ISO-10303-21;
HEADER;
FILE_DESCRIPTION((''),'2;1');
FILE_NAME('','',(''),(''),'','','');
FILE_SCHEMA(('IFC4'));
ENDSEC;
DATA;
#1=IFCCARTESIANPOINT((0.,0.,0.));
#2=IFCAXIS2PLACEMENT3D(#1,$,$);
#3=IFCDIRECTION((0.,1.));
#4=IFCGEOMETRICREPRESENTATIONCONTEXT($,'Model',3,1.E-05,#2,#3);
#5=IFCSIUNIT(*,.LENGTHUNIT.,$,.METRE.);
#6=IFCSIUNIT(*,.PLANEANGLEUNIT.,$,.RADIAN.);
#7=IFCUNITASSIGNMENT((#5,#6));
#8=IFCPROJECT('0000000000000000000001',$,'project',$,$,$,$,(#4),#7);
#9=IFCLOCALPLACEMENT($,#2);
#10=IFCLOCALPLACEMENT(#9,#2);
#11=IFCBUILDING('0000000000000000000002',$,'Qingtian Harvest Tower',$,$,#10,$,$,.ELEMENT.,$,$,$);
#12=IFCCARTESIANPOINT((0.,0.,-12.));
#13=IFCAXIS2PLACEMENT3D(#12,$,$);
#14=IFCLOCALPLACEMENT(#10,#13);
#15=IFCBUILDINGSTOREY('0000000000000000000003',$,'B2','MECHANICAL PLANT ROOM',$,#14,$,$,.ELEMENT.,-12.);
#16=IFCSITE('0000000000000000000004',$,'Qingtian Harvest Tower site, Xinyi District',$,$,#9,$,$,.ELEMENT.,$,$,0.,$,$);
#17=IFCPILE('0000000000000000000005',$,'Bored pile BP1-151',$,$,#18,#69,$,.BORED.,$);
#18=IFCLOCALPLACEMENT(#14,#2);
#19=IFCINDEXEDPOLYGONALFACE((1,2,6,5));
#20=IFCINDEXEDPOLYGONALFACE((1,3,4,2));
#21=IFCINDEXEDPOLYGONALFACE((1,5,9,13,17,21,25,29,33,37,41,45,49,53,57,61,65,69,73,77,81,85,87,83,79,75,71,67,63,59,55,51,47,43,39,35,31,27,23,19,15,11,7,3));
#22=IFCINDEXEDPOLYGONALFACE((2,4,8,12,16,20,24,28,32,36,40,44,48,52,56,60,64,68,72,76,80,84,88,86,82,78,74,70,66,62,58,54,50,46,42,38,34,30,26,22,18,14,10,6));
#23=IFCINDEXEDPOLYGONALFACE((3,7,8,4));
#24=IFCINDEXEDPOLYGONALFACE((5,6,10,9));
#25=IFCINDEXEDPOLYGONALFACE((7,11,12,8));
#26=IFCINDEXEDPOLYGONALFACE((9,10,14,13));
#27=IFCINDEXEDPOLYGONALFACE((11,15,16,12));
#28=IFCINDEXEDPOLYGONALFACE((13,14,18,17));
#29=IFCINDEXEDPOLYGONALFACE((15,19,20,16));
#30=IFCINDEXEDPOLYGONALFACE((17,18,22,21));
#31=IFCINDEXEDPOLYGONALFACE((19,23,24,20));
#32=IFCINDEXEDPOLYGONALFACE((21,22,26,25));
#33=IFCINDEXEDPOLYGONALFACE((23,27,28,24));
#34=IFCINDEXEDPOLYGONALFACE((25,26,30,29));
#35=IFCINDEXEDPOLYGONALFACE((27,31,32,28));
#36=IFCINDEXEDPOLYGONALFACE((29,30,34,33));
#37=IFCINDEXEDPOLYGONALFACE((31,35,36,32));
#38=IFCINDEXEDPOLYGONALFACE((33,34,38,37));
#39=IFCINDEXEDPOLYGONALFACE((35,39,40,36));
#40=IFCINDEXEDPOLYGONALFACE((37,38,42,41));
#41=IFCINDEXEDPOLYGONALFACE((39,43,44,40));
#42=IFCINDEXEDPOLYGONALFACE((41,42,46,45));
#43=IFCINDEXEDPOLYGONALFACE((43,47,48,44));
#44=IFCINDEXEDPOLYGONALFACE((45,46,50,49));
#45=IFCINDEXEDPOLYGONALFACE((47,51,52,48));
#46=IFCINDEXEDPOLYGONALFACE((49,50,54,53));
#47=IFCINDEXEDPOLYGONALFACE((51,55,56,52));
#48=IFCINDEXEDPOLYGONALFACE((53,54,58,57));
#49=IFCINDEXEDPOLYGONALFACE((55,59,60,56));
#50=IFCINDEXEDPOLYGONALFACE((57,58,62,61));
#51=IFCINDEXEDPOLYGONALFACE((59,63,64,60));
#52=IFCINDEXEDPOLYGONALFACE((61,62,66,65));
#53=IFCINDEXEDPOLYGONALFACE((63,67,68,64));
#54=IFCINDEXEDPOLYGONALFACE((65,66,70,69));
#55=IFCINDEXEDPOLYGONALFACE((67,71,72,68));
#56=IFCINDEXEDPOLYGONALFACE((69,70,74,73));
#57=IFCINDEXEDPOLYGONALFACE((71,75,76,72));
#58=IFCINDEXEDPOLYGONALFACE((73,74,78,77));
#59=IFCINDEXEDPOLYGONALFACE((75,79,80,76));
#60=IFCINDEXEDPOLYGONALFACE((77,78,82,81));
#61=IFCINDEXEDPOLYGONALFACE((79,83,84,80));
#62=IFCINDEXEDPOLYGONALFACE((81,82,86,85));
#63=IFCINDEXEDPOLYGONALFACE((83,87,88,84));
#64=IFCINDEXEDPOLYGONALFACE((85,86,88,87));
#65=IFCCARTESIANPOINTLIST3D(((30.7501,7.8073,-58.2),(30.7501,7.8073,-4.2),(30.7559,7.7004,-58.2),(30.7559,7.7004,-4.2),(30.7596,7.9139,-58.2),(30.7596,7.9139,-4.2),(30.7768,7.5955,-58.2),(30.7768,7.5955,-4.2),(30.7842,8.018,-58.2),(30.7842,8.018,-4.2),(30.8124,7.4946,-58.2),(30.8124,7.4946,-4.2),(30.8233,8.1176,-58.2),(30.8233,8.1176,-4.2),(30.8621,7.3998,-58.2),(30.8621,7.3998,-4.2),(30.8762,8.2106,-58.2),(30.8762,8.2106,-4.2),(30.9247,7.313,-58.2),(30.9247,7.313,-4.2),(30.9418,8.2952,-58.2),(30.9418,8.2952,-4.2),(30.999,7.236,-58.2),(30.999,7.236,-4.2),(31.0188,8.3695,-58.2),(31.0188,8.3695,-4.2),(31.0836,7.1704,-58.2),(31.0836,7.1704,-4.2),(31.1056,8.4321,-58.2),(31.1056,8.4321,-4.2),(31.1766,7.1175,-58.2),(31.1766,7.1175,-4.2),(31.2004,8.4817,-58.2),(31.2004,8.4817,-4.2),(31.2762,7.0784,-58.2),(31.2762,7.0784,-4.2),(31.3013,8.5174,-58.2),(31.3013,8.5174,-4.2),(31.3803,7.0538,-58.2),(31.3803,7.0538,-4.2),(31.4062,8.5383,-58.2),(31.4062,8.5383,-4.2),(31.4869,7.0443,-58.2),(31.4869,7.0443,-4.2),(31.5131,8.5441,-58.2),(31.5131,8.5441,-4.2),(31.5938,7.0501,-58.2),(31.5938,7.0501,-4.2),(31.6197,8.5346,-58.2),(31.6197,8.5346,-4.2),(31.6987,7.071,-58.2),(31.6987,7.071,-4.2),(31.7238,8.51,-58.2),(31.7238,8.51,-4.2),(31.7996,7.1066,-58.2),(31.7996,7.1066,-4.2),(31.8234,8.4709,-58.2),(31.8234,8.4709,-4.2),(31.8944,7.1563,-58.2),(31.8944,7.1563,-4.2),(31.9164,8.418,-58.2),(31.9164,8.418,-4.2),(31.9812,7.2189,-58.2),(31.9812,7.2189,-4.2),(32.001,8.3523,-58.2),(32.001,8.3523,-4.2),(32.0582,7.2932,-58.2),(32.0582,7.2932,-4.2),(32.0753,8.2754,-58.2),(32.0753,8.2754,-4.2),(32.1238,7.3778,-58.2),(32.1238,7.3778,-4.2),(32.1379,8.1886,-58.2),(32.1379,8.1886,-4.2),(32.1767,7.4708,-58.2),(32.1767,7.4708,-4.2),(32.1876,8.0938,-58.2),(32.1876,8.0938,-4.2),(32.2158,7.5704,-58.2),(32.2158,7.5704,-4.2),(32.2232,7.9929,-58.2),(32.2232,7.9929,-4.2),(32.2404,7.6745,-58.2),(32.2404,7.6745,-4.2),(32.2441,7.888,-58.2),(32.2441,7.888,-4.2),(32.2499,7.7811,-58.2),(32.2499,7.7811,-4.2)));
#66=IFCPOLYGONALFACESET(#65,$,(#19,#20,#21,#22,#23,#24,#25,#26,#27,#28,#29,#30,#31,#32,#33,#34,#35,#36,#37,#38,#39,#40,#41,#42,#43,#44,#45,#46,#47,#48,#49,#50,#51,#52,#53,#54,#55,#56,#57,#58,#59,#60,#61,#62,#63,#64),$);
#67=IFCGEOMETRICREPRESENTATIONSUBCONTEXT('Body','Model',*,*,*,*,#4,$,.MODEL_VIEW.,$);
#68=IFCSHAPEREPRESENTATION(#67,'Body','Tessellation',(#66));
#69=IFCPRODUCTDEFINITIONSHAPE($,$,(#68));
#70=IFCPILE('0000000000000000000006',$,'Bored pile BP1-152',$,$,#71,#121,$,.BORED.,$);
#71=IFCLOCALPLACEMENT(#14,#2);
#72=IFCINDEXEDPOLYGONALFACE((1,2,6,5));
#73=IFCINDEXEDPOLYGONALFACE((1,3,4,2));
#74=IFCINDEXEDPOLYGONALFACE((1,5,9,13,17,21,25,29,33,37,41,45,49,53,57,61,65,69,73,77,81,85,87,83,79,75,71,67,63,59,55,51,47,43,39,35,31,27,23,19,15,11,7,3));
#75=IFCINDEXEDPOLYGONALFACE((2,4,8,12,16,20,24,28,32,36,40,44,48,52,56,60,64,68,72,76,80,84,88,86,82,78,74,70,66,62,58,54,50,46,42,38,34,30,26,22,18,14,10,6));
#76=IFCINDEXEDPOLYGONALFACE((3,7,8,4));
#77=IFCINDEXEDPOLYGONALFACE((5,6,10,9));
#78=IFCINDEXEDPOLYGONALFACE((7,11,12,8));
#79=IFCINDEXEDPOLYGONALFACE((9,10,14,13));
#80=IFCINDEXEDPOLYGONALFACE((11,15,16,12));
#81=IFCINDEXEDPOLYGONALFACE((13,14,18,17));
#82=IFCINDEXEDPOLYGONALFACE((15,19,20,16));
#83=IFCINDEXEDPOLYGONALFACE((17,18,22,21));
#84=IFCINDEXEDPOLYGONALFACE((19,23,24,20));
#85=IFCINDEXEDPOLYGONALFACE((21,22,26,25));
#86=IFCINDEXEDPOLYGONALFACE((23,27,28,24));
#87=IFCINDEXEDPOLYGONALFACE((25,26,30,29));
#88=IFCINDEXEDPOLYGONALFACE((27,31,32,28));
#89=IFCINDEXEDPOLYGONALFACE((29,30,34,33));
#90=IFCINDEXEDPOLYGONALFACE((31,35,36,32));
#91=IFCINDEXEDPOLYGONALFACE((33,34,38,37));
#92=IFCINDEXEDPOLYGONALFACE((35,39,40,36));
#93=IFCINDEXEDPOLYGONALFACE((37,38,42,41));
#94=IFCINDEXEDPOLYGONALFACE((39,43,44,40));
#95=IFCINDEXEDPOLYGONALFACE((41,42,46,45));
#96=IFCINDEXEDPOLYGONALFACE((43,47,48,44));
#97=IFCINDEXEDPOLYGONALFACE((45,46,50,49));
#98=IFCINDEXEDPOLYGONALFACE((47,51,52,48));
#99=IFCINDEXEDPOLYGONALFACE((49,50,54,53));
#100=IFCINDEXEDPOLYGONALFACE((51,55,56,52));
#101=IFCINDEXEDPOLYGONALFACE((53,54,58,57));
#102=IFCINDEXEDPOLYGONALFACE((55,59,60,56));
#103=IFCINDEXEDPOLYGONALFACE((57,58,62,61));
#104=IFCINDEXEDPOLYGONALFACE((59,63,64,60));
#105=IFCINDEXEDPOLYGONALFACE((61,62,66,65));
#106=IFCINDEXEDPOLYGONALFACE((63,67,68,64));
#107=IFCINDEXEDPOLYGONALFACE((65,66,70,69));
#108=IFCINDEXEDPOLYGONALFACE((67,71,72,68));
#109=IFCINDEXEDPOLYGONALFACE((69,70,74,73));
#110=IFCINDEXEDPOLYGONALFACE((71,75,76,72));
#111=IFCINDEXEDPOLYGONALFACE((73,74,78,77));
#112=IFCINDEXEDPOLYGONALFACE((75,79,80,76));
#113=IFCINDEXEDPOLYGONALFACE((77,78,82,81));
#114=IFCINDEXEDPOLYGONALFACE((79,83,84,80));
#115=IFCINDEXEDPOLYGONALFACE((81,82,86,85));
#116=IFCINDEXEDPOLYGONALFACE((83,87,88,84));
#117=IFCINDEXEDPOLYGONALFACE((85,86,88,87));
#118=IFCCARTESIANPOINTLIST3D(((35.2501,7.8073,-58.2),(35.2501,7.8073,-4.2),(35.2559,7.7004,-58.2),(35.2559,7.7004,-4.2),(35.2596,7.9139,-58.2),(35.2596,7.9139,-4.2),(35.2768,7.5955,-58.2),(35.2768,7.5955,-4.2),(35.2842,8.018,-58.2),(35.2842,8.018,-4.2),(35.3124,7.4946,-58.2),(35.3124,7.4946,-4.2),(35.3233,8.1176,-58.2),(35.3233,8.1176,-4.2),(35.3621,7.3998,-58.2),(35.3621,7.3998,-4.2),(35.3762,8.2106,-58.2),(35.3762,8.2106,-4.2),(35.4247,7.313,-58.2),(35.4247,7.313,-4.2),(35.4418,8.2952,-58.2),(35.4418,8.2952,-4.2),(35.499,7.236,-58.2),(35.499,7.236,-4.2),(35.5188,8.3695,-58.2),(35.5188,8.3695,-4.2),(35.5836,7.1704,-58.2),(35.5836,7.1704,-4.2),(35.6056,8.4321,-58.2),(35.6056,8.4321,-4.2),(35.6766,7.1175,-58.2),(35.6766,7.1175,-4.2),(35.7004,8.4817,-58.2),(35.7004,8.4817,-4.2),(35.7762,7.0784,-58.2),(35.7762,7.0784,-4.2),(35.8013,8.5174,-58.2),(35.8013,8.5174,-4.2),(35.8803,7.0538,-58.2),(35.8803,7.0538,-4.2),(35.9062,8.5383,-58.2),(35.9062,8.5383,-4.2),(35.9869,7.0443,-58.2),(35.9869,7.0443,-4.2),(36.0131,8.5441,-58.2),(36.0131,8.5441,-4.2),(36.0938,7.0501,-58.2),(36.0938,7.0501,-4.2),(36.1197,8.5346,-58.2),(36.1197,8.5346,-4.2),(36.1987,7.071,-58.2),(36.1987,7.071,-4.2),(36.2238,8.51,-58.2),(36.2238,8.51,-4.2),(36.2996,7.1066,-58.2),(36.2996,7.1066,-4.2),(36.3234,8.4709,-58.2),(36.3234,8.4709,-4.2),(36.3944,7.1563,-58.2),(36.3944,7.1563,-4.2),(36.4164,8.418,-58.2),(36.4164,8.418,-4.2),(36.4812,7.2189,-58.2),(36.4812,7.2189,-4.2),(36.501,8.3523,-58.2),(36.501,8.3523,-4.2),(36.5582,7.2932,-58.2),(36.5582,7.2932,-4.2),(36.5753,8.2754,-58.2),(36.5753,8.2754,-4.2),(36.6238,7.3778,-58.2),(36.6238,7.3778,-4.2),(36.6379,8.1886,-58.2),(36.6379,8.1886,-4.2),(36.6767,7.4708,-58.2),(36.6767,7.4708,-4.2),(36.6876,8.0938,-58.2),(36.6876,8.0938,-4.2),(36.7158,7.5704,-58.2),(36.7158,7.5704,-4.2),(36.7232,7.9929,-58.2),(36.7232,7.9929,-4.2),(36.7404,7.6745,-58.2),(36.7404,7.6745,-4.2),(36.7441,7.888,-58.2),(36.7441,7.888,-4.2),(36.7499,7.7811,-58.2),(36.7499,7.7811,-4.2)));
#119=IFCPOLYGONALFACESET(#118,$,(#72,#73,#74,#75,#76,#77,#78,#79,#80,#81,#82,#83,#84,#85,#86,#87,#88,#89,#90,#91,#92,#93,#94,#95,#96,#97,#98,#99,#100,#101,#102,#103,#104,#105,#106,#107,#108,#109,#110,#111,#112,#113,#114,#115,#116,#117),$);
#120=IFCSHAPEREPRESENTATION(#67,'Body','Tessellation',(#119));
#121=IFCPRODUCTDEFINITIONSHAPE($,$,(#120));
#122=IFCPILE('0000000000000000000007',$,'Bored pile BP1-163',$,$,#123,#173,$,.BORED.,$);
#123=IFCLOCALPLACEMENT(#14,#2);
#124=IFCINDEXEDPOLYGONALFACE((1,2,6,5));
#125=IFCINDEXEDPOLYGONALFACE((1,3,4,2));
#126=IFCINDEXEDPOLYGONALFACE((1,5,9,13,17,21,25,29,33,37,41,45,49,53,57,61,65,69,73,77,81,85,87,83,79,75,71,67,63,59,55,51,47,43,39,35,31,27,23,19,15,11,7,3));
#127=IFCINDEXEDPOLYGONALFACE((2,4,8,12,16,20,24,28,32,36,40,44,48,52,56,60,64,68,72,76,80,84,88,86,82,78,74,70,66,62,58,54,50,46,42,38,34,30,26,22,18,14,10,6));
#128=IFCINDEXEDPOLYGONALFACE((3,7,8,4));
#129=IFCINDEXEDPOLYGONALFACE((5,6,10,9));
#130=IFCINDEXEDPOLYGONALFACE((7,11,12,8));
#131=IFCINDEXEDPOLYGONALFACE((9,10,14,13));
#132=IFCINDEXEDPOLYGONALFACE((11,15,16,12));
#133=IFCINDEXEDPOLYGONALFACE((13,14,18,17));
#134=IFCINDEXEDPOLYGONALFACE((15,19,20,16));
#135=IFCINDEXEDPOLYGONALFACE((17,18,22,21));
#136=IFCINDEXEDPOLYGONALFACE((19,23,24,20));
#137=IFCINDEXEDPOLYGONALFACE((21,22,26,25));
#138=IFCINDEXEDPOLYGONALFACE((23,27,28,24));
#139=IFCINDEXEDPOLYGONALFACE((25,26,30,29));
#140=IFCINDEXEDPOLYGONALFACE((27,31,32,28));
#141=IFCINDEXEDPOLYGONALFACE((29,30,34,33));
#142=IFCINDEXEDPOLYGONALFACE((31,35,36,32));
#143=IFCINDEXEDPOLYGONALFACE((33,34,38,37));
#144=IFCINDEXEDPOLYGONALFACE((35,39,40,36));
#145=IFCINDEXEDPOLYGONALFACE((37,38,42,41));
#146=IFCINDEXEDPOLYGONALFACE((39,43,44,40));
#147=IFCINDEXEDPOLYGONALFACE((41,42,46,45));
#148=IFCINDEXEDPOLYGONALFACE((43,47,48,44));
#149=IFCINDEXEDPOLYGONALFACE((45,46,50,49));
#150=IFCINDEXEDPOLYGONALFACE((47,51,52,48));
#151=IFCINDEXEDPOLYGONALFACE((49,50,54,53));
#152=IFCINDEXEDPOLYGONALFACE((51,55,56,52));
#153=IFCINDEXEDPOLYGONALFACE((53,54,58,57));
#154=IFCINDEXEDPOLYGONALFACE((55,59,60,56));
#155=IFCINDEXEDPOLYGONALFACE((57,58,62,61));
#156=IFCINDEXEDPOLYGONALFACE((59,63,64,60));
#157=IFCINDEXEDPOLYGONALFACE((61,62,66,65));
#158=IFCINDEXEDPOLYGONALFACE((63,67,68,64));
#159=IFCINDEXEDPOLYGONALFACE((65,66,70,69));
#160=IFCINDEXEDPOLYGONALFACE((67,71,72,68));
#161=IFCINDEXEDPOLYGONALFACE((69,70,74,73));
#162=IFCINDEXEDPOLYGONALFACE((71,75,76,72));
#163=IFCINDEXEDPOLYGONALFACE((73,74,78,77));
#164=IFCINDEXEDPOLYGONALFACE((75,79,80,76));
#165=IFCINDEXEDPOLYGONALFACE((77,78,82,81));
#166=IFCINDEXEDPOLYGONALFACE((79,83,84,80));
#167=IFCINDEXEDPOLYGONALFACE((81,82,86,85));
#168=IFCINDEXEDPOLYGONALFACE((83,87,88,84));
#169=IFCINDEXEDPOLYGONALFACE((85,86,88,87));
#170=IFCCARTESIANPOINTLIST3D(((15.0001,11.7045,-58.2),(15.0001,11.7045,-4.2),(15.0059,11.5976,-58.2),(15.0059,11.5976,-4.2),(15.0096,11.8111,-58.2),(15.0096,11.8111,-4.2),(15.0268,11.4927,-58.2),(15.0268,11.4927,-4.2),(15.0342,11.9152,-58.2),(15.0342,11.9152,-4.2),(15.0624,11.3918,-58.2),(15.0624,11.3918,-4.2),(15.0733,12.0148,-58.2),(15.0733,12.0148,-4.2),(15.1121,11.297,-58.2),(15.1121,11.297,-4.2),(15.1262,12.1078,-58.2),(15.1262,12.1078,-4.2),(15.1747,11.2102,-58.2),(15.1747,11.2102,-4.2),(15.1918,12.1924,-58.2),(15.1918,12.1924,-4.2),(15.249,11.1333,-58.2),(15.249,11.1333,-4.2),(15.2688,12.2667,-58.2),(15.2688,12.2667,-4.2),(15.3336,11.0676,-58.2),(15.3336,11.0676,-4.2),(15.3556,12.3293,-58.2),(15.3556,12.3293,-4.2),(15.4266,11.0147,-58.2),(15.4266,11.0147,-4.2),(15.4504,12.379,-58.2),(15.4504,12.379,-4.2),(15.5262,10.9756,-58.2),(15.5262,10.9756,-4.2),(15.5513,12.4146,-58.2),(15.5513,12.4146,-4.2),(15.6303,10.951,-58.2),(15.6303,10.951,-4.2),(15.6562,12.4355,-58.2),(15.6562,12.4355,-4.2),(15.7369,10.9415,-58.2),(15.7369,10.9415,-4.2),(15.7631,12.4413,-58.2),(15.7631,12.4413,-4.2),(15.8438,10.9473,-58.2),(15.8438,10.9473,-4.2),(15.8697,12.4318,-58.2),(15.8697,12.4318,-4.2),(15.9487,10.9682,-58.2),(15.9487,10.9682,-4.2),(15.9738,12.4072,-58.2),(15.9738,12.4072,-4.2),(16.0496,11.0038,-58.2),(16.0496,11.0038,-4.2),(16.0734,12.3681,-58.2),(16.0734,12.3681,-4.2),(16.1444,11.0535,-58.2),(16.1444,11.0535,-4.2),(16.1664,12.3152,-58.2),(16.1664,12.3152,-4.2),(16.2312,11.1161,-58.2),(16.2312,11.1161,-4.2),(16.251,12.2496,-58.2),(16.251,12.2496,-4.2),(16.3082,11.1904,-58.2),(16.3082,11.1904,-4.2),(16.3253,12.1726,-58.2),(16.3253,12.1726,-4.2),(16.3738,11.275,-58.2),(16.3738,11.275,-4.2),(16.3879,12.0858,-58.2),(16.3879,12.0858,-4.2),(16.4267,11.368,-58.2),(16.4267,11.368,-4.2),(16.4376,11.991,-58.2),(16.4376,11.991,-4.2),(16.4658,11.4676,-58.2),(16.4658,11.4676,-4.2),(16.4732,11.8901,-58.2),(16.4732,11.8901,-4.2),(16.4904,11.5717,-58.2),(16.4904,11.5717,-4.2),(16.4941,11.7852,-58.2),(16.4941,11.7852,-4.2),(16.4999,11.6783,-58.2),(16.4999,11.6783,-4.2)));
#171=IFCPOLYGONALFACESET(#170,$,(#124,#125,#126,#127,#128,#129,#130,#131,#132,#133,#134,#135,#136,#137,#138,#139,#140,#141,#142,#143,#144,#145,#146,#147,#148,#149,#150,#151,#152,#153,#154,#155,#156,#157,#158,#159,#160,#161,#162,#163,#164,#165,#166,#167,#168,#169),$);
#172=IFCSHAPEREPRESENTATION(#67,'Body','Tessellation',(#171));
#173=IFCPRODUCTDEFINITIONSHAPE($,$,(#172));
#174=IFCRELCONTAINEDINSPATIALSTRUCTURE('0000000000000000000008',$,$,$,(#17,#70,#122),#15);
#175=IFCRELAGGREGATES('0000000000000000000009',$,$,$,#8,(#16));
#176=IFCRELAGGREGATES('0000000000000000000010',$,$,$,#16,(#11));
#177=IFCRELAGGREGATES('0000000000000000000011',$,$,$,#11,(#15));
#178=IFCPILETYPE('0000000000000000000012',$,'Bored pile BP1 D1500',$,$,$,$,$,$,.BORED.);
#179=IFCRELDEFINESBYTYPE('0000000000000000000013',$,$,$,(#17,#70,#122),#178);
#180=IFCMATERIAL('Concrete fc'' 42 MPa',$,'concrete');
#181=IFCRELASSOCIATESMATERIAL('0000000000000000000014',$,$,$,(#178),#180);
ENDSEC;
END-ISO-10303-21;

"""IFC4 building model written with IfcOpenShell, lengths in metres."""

from ifc_helpers import new_model, si_unit, direction, frame, frame_2d, origin, place, context, subcontext, project, spatial, circle, extrude, material, material_profile, profile_set, type_object, element, save


model = new_model("IFC4")

# Units and contexts
model_context = context("Model", 3, precision=1e-05, world=origin(), true_north=direction((0.0, 1.0)))
body_context = subcontext(model_context, "Body", "Model", "MODEL_VIEW")
ifc_project = project(units=[si_unit("LENGTHUNIT", "METRE"), si_unit("PLANEANGLEUNIT", "RADIAN")], contexts=[model_context])

# Site, building, storey
site_placement = place(None, origin())
site = spatial("IfcSite", under=ifc_project, at=site_placement, Name="Qingtian Harvest Tower site, Xinyi District", CompositionType="ELEMENT", RefElevation=0.0)
building_placement = place(site_placement, origin())
building = spatial("IfcBuilding", under=site, at=building_placement, Name="Qingtian Harvest Tower", CompositionType="ELEMENT")
storey_placement = place(building_placement, frame((0.0, 0.0, -12.0)))
storey = spatial("IfcBuildingStorey", under=building, at=storey_placement, Name="B2", Description="MECHANICAL PLANT ROOM", CompositionType="ELEMENT", Elevation=-12.0)

# Piles
ifc_material_1 = material(Name="Concrete fc' 42 MPa", Category="concrete")
ifc_material_profile_1 = material_profile(ifc_material_1, circle(Radius=0.75, at=frame_2d((0.0, 0.0), x_axis=(0.999848, 0.017452))), Name="Bored pile BP1 D1500")
ifc_profile_set_1 = profile_set([ifc_material_profile_1], Name="Concrete fc' 42 MPa")
pile_type = type_object("IfcPileType", Name="Bored pile BP1 D1500", PredefinedType="BORED", material=ifc_profile_set_1)
for number, where, z_axis, x_axis, name in (
    (1, (31.5, 7.7942, -4.2), (0.0, 0.0, -1.0), (1.0, 0.0, 0.0), "Bored pile BP1-151"),
    (2, (36.0, 7.7942, -4.2), (0.0, 0.0, -1.0), (1.0, 0.0, 0.0), "Bored pile BP1-152"),
    (3, (15.75, 11.6914, -4.2), (0.0, 0.0, -1.0), (1.0, 0.0, 0.0), "Bored pile BP1-163"),
):
    element("IfcPile", number, at=place(storey_placement, frame(where, z_axis=z_axis, x_axis=x_axis)), inside=storey, type_object=pile_type, Name=name, PredefinedType="BORED", context=body_context, shape_type="SweptSolid", body=[
        extrude(circle(Radius=0.75, at=frame_2d((0.0, 0.0), x_axis=(0.999848, 0.017452))), origin(), (0.0, 0.0, 1.0), 54.0),
    ])

save(model, "model.ifc")
